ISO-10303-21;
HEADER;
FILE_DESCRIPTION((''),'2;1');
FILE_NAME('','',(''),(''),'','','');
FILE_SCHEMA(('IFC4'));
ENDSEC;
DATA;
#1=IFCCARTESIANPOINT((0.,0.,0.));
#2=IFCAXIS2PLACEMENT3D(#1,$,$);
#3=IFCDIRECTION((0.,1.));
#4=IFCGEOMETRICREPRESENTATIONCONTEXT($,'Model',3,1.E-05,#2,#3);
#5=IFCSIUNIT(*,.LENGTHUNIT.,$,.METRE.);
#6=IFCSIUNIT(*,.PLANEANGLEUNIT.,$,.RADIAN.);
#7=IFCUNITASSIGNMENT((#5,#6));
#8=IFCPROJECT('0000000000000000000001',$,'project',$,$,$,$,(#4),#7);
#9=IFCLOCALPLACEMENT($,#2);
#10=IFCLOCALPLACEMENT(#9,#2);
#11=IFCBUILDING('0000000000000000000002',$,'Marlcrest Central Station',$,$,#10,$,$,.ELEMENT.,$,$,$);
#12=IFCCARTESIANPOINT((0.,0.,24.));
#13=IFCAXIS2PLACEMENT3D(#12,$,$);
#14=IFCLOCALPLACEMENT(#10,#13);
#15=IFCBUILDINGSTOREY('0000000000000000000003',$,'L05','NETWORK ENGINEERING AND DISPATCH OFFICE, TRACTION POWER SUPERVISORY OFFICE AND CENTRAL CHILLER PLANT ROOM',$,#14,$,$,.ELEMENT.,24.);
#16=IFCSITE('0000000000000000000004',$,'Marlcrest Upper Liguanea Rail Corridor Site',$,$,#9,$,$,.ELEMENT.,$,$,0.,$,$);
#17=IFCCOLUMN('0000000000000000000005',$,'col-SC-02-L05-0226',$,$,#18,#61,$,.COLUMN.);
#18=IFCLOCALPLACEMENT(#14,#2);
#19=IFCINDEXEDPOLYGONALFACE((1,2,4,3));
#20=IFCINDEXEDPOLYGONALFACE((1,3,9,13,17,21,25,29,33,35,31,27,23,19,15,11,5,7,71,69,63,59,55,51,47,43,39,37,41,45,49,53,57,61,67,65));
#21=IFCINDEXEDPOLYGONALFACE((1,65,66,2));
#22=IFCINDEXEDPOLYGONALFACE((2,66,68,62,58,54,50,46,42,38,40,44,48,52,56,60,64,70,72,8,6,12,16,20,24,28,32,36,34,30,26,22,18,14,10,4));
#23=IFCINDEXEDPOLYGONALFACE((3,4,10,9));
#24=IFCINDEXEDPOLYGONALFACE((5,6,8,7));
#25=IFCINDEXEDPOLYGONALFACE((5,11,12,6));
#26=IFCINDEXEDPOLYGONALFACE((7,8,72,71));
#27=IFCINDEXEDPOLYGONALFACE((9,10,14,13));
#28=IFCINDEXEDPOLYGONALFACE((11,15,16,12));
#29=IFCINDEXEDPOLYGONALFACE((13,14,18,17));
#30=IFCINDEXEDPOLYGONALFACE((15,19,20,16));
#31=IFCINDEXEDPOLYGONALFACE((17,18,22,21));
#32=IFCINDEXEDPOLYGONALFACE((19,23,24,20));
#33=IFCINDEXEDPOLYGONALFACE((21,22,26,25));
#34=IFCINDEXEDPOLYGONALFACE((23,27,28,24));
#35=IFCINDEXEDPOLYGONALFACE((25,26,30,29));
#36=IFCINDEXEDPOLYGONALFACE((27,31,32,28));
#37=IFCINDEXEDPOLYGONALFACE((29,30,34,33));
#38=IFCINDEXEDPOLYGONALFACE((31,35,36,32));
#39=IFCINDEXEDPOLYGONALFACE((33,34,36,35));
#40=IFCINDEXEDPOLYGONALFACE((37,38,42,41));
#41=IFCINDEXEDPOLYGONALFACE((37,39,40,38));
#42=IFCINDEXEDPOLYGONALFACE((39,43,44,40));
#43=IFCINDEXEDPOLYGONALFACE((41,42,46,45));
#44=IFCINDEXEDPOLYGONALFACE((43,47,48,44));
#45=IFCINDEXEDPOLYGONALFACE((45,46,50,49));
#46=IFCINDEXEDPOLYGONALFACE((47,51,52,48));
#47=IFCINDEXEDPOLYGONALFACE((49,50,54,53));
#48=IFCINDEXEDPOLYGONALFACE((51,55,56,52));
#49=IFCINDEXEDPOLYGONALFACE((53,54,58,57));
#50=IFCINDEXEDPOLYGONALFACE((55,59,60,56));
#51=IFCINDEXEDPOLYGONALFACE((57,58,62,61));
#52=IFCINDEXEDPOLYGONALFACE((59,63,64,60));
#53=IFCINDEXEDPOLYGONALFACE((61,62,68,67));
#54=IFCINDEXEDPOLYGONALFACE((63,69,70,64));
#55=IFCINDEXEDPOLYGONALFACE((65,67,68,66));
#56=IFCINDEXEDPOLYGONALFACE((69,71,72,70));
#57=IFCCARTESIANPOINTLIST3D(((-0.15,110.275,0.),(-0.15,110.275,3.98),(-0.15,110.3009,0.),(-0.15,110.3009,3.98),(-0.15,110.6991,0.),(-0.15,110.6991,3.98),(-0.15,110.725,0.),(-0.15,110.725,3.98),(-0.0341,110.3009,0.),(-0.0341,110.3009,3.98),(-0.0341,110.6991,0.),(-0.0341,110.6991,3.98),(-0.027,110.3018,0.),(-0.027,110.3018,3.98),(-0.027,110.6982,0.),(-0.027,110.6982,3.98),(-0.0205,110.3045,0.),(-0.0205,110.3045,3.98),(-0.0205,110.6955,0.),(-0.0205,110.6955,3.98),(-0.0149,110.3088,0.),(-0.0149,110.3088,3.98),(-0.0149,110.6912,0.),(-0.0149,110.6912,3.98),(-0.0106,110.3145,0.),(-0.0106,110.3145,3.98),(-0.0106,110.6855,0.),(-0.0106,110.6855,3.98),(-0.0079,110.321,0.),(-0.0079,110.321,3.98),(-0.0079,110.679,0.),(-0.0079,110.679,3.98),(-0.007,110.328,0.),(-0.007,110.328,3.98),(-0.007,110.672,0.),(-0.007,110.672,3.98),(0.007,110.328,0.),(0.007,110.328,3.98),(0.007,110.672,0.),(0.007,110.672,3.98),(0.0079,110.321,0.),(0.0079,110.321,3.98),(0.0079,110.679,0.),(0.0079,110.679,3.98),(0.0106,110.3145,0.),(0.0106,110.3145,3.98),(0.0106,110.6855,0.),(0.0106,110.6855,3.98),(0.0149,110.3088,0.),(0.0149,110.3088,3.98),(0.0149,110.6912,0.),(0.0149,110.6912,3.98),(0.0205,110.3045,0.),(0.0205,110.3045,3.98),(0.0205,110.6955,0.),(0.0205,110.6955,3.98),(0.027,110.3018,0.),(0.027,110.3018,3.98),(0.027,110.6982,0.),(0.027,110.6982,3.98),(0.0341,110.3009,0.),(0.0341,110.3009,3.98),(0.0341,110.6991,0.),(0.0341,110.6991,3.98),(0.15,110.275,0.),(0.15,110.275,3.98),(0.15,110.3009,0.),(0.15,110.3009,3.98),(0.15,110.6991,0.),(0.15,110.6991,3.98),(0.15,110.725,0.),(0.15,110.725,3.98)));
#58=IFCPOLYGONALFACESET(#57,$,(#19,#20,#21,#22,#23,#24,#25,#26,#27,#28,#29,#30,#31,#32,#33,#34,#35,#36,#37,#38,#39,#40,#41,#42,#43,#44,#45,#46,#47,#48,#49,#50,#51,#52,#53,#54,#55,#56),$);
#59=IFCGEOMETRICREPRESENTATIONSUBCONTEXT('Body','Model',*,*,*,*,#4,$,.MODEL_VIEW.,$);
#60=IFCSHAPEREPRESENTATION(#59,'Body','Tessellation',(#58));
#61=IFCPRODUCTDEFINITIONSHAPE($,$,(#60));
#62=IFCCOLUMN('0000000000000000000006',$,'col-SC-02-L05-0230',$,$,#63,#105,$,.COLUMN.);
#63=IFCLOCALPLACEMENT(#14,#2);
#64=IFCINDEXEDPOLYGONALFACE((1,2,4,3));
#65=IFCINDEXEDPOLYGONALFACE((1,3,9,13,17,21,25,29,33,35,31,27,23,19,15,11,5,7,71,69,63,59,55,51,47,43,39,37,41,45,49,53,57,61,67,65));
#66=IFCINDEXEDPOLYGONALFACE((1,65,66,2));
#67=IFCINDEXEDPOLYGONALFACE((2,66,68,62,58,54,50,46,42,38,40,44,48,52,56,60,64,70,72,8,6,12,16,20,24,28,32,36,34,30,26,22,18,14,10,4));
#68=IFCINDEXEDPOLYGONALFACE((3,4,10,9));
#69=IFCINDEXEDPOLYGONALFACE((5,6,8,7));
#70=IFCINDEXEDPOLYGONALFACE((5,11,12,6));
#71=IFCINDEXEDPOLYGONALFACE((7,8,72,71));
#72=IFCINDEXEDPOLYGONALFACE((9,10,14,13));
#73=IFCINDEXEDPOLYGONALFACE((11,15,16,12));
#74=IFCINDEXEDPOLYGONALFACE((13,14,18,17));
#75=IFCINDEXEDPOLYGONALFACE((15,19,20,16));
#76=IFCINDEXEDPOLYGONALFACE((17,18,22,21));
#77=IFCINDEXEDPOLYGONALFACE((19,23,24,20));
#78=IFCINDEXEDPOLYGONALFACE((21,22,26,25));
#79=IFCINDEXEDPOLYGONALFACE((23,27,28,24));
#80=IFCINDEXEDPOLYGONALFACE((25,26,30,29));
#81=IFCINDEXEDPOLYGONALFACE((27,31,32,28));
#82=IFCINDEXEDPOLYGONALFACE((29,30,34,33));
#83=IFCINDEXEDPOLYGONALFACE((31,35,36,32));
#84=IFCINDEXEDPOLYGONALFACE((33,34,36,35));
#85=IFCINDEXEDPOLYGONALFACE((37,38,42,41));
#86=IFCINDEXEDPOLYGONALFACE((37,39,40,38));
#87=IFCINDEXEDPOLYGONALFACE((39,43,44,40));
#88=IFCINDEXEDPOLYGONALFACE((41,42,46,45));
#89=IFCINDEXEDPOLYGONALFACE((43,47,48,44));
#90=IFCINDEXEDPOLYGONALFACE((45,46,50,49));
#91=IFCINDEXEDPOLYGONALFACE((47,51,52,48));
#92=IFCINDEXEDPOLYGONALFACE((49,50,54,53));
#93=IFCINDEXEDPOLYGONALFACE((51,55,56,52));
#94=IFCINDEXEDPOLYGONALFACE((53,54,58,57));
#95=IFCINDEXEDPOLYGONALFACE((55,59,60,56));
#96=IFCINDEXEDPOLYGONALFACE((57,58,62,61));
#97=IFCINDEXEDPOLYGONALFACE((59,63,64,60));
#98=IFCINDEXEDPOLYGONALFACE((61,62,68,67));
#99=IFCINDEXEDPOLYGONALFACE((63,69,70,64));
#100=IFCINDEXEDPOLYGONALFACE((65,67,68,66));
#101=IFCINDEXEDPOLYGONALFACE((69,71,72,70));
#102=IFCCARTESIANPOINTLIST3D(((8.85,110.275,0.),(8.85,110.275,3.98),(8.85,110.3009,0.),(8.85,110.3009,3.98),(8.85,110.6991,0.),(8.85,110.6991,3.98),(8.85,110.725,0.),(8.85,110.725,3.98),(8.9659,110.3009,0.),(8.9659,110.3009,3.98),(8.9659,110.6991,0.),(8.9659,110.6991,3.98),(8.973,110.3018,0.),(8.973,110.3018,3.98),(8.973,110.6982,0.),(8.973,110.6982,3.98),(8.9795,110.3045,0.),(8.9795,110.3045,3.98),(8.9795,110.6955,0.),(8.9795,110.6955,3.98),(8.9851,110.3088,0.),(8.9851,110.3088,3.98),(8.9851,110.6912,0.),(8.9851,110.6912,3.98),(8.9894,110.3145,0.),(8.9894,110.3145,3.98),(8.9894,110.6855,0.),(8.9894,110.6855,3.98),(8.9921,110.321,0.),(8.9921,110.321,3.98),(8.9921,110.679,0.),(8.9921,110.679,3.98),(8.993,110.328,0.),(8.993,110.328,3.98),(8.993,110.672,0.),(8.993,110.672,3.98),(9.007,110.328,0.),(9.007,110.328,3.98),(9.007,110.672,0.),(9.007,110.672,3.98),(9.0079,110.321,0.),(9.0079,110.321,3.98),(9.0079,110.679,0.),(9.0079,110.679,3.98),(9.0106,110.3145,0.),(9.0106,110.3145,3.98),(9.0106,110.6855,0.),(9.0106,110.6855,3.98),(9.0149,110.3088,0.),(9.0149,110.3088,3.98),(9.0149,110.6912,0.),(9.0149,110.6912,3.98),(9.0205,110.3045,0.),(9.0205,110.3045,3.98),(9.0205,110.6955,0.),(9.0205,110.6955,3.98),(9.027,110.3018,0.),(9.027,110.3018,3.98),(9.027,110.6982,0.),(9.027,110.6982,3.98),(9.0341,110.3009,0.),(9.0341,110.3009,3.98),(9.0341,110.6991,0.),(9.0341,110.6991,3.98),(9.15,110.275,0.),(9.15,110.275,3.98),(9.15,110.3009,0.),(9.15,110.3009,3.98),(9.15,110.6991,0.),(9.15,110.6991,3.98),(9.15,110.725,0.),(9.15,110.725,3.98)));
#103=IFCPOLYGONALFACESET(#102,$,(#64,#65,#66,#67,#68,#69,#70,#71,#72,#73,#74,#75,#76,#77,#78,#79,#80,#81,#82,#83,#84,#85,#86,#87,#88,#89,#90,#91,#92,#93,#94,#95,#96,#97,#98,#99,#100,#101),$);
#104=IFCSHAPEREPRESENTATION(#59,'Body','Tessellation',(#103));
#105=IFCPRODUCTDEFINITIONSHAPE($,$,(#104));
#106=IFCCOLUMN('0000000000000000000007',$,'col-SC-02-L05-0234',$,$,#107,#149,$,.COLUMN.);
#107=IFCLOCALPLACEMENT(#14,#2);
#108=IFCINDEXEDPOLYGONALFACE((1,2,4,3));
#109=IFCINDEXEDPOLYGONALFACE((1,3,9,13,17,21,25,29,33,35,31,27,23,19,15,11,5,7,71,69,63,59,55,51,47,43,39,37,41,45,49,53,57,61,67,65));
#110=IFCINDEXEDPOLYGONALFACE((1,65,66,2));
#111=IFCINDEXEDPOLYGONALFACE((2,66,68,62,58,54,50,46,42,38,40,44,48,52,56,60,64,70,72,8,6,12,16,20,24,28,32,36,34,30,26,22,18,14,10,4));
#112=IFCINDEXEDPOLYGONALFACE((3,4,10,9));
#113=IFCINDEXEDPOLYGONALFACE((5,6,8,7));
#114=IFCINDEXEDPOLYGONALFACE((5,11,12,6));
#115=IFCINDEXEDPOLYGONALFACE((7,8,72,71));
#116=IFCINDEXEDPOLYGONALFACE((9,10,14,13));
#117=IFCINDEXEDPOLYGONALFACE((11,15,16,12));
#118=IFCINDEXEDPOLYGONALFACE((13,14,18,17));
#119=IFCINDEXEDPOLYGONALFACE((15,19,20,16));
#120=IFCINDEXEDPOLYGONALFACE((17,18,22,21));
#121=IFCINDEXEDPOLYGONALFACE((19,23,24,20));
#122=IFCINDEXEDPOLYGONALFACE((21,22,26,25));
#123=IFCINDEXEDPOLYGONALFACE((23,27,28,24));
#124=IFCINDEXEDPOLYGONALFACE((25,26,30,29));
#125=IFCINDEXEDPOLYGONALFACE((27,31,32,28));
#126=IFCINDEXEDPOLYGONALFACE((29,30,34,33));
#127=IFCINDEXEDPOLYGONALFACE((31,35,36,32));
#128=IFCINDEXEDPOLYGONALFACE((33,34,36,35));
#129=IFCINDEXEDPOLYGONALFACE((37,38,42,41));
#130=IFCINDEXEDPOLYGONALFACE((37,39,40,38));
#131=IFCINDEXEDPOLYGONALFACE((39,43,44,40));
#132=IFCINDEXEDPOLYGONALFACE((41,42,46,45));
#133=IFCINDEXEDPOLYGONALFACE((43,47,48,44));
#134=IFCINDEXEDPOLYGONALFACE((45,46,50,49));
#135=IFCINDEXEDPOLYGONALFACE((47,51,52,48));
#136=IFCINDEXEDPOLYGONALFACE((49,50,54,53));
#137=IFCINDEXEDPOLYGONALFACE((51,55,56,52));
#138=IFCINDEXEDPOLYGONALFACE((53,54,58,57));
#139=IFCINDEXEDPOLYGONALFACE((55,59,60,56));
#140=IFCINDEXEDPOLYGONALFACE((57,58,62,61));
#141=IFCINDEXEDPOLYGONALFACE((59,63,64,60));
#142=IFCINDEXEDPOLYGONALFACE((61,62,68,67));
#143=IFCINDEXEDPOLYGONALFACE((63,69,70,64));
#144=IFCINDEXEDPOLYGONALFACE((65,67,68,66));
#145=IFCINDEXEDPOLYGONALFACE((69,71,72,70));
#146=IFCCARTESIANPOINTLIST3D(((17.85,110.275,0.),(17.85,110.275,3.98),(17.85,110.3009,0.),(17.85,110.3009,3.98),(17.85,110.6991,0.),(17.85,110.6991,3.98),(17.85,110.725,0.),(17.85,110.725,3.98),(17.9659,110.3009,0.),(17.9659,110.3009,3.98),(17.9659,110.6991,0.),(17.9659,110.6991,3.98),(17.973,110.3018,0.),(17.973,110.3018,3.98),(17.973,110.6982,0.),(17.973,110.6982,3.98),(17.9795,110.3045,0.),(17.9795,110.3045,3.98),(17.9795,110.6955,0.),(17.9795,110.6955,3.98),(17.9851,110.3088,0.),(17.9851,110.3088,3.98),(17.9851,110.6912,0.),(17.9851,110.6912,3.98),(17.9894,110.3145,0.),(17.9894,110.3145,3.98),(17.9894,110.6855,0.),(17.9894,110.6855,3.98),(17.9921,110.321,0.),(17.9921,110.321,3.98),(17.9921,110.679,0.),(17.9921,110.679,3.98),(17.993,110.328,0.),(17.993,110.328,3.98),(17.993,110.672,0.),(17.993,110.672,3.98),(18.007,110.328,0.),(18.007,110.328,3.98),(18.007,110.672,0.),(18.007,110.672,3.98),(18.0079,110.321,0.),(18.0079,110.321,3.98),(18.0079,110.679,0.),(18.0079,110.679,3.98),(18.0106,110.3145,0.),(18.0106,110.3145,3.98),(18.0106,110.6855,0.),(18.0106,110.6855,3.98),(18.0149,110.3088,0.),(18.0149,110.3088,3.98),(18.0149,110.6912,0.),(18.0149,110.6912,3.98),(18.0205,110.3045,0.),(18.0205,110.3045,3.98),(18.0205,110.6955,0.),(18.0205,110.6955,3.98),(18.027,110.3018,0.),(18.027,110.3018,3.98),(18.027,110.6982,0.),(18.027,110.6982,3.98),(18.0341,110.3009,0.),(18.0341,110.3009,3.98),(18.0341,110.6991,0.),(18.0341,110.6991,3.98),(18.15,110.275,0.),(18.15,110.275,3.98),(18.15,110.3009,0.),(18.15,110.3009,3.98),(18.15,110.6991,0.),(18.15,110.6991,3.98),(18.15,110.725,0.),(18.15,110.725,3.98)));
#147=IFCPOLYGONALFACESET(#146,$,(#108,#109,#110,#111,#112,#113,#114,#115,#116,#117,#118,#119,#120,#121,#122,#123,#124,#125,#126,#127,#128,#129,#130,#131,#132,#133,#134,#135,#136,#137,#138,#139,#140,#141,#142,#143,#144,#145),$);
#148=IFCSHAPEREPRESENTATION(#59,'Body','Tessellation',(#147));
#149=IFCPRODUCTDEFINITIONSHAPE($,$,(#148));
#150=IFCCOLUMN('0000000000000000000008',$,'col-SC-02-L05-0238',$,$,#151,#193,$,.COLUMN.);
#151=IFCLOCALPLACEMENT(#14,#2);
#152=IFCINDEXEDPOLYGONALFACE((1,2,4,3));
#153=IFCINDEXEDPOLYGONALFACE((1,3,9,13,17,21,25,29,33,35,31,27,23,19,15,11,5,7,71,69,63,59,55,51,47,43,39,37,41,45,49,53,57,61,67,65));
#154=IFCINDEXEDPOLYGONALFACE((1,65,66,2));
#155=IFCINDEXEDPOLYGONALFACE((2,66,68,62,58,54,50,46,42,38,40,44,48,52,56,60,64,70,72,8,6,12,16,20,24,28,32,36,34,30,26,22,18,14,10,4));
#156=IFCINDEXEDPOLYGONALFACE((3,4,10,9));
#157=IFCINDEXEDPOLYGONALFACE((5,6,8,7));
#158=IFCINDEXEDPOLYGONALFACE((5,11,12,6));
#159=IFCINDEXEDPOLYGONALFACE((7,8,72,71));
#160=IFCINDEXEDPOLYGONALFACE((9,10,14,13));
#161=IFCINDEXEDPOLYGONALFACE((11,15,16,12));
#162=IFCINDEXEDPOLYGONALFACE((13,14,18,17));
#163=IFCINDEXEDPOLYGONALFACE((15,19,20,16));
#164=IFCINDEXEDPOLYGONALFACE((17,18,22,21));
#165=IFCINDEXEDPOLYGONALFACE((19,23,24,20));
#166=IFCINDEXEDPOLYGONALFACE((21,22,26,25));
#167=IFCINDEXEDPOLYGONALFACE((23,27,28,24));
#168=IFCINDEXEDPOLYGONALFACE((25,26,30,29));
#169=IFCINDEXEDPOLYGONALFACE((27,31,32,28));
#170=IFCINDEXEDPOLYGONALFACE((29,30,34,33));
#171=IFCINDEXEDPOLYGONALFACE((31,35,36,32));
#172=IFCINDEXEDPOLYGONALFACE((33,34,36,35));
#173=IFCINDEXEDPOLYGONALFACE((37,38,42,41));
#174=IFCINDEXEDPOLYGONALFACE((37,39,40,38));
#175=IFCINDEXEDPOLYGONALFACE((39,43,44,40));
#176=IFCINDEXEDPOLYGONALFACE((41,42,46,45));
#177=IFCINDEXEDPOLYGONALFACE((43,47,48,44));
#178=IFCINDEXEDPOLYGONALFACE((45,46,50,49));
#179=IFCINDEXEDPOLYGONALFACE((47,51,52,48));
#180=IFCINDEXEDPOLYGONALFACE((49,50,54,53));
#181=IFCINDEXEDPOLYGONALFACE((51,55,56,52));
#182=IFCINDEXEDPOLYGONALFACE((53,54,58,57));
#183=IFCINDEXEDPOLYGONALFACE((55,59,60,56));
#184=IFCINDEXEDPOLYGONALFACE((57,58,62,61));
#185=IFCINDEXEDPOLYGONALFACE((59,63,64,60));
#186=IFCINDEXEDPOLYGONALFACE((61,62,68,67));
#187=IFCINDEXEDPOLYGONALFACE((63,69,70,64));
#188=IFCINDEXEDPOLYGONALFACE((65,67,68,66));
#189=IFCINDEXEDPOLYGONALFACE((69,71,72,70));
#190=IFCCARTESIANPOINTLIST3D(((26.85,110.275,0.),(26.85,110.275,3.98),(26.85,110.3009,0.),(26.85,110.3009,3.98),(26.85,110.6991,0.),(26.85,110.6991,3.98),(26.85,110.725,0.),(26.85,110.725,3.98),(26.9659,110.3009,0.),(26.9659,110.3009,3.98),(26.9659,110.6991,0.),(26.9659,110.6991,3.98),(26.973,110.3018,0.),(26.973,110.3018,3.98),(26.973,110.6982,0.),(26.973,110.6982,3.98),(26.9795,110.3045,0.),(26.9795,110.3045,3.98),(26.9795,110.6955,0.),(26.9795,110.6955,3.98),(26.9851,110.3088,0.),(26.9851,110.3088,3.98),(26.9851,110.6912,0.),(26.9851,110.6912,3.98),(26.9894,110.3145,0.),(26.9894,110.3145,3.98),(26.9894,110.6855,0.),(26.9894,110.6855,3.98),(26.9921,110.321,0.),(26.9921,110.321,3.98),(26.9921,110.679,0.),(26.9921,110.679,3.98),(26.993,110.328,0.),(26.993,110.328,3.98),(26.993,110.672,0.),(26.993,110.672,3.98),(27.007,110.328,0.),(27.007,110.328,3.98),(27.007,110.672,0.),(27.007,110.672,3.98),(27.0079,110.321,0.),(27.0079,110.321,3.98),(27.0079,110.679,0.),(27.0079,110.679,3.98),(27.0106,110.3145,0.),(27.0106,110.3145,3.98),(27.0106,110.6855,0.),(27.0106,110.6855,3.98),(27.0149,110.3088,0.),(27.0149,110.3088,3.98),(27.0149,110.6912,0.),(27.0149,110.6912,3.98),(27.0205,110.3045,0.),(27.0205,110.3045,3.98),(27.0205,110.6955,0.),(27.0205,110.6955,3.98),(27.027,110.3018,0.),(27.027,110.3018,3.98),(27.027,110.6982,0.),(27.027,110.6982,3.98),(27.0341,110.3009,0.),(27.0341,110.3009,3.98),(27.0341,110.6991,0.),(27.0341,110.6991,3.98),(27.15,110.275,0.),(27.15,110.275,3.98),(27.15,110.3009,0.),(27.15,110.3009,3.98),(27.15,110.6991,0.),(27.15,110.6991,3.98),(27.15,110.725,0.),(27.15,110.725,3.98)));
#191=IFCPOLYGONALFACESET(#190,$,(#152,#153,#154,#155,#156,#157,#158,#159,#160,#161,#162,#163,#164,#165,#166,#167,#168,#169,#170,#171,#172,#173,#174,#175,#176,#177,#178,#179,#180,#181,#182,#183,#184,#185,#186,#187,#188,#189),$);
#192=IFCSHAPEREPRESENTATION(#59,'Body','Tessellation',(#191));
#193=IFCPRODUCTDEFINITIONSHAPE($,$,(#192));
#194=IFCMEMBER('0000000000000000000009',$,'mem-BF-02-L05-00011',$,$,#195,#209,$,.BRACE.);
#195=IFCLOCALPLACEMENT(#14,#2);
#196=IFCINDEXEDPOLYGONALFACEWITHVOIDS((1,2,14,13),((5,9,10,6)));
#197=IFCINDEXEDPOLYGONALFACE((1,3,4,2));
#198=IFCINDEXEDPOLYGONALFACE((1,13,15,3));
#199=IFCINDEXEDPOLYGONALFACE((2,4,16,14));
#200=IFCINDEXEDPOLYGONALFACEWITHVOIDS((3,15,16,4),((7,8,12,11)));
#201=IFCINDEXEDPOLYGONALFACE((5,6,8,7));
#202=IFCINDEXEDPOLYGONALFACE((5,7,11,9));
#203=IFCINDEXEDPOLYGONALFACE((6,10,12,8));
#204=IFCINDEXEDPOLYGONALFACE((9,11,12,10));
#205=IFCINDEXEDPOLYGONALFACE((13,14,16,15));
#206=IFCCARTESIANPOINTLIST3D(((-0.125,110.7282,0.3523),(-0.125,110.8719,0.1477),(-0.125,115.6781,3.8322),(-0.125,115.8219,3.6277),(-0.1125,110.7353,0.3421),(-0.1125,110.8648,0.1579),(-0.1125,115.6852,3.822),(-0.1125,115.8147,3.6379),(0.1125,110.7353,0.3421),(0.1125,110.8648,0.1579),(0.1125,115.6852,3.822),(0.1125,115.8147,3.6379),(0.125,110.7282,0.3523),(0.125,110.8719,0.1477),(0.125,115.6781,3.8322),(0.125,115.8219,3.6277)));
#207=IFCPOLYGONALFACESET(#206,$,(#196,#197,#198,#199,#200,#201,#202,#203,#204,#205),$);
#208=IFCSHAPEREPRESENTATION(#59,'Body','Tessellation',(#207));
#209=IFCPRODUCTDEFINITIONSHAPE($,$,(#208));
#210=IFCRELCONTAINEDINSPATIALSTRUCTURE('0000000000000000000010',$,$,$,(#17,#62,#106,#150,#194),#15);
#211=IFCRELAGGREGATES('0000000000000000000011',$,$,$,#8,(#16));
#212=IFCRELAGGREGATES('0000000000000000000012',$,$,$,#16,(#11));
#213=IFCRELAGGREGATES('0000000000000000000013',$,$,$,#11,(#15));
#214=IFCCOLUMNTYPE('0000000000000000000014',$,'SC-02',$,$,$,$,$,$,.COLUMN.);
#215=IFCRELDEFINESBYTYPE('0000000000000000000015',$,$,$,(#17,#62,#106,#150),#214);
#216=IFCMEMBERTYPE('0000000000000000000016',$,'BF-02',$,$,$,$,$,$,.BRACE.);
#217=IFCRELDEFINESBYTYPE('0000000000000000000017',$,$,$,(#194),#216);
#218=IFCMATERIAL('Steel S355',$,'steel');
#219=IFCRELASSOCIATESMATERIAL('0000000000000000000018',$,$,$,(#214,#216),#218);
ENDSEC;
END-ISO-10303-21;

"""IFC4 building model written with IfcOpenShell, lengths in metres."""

from ifc_helpers import new_model, si_unit, direction, frame, origin, origin_2d, place, context, subcontext, project, spatial, hollow_rectangle, i_section, extrude, material, material_profile, profile_set, type_object, element, save


model = new_model("IFC4")

# Units and contexts
model_context = context("Model", 3, precision=1e-05, world=origin(), true_north=direction((0.0, 1.0)))
body_context = subcontext(model_context, "Body", "Model", "MODEL_VIEW")
ifc_project = project(units=[si_unit("LENGTHUNIT", "METRE"), si_unit("PLANEANGLEUNIT", "RADIAN")], contexts=[model_context])

# Site, building, storey
site_placement = place(None, origin())
site = spatial("IfcSite", under=ifc_project, at=site_placement, Name="Marlcrest Upper Liguanea Rail Corridor Site", CompositionType="ELEMENT", RefElevation=0.0)
building_placement = place(site_placement, origin())
building = spatial("IfcBuilding", under=site, at=building_placement, Name="Marlcrest Central Station", CompositionType="ELEMENT")
storey_placement = place(building_placement, frame((0.0, 0.0, 24.0)))
storey = spatial("IfcBuildingStorey", under=building, at=storey_placement, Name="L05", Description="NETWORK ENGINEERING AND DISPATCH OFFICE, TRACTION POWER SUPERVISORY OFFICE AND CENTRAL CHILLER PLANT ROOM", CompositionType="ELEMENT", Elevation=24.0)

# Columns
ifc_material_1 = material(Name="Steel S355", Category="steel")
ifc_material_profile_1 = material_profile(ifc_material_1, i_section(OverallWidth=0.3, OverallDepth=0.45, WebThickness=0.0139, FlangeThickness=0.0259, FilletRadius=0.0271, at=origin_2d()), Name="HEB 450")
ifc_profile_set_1 = profile_set([ifc_material_profile_1], Name="Steel S355")
column_type = type_object("IfcColumnType", Name="SC-02", PredefinedType="COLUMN", material=ifc_profile_set_1)
for number, where, z_axis, x_axis, name in (
    (1, (0.0, 110.5, 0.0), (0.0, 0.0, 1.0), (1.0, 0.0, 0.0), "col-SC-02-L05-0226"),
    (2, (9.0, 110.5, 0.0), (0.0, 0.0, 1.0), (1.0, 0.0, 0.0), "col-SC-02-L05-0230"),
    (3, (18.0, 110.5, 0.0), (0.0, 0.0, 1.0), (1.0, 0.0, 0.0), "col-SC-02-L05-0234"),
    (4, (27.0, 110.5, 0.0), (0.0, 0.0, 1.0), (1.0, 0.0, 0.0), "col-SC-02-L05-0238"),
):
    element("IfcColumn", number, at=place(storey_placement, frame(where, z_axis=z_axis, x_axis=x_axis)), inside=storey, type_object=column_type, Name=name, PredefinedType="COLUMN", context=body_context, shape_type="SweptSolid", body=[
        extrude(i_section(OverallWidth=0.3, OverallDepth=0.45, WebThickness=0.0139, FlangeThickness=0.0259, FilletRadius=0.0271, at=origin_2d()), origin(), (0.0, 0.0, 1.0), 3.98),
    ])

# Member
ifc_material_profile_2 = material_profile(ifc_material_1, hollow_rectangle(XDim=0.25, YDim=0.25, WallThickness=0.0125, at=origin_2d()), Name="SHS 250x250x12.5")
ifc_profile_set_2 = profile_set([ifc_material_profile_2], Name="Steel S355")
member_type = type_object("IfcMemberType", Name="BF-02", PredefinedType="BRACE", material=ifc_profile_set_2)
member_placement = place(storey_placement, frame((0.0, 110.8, 0.25), z_axis=(0.0, 0.818064, 0.575127), x_axis=(-1.0, 0.0, 0.0)))
element("IfcMember", 5, at=member_placement, inside=storey, type_object=member_type, Name="mem-BF-02-L05-00011", PredefinedType="BRACE", context=body_context, shape_type="SweptSolid", body=[
    extrude(hollow_rectangle(XDim=0.25, YDim=0.25, WallThickness=0.0125, at=origin_2d()), origin(), (0.0, 0.0, 1.0), 6.0508),
])

save(model, "model.ifc")
